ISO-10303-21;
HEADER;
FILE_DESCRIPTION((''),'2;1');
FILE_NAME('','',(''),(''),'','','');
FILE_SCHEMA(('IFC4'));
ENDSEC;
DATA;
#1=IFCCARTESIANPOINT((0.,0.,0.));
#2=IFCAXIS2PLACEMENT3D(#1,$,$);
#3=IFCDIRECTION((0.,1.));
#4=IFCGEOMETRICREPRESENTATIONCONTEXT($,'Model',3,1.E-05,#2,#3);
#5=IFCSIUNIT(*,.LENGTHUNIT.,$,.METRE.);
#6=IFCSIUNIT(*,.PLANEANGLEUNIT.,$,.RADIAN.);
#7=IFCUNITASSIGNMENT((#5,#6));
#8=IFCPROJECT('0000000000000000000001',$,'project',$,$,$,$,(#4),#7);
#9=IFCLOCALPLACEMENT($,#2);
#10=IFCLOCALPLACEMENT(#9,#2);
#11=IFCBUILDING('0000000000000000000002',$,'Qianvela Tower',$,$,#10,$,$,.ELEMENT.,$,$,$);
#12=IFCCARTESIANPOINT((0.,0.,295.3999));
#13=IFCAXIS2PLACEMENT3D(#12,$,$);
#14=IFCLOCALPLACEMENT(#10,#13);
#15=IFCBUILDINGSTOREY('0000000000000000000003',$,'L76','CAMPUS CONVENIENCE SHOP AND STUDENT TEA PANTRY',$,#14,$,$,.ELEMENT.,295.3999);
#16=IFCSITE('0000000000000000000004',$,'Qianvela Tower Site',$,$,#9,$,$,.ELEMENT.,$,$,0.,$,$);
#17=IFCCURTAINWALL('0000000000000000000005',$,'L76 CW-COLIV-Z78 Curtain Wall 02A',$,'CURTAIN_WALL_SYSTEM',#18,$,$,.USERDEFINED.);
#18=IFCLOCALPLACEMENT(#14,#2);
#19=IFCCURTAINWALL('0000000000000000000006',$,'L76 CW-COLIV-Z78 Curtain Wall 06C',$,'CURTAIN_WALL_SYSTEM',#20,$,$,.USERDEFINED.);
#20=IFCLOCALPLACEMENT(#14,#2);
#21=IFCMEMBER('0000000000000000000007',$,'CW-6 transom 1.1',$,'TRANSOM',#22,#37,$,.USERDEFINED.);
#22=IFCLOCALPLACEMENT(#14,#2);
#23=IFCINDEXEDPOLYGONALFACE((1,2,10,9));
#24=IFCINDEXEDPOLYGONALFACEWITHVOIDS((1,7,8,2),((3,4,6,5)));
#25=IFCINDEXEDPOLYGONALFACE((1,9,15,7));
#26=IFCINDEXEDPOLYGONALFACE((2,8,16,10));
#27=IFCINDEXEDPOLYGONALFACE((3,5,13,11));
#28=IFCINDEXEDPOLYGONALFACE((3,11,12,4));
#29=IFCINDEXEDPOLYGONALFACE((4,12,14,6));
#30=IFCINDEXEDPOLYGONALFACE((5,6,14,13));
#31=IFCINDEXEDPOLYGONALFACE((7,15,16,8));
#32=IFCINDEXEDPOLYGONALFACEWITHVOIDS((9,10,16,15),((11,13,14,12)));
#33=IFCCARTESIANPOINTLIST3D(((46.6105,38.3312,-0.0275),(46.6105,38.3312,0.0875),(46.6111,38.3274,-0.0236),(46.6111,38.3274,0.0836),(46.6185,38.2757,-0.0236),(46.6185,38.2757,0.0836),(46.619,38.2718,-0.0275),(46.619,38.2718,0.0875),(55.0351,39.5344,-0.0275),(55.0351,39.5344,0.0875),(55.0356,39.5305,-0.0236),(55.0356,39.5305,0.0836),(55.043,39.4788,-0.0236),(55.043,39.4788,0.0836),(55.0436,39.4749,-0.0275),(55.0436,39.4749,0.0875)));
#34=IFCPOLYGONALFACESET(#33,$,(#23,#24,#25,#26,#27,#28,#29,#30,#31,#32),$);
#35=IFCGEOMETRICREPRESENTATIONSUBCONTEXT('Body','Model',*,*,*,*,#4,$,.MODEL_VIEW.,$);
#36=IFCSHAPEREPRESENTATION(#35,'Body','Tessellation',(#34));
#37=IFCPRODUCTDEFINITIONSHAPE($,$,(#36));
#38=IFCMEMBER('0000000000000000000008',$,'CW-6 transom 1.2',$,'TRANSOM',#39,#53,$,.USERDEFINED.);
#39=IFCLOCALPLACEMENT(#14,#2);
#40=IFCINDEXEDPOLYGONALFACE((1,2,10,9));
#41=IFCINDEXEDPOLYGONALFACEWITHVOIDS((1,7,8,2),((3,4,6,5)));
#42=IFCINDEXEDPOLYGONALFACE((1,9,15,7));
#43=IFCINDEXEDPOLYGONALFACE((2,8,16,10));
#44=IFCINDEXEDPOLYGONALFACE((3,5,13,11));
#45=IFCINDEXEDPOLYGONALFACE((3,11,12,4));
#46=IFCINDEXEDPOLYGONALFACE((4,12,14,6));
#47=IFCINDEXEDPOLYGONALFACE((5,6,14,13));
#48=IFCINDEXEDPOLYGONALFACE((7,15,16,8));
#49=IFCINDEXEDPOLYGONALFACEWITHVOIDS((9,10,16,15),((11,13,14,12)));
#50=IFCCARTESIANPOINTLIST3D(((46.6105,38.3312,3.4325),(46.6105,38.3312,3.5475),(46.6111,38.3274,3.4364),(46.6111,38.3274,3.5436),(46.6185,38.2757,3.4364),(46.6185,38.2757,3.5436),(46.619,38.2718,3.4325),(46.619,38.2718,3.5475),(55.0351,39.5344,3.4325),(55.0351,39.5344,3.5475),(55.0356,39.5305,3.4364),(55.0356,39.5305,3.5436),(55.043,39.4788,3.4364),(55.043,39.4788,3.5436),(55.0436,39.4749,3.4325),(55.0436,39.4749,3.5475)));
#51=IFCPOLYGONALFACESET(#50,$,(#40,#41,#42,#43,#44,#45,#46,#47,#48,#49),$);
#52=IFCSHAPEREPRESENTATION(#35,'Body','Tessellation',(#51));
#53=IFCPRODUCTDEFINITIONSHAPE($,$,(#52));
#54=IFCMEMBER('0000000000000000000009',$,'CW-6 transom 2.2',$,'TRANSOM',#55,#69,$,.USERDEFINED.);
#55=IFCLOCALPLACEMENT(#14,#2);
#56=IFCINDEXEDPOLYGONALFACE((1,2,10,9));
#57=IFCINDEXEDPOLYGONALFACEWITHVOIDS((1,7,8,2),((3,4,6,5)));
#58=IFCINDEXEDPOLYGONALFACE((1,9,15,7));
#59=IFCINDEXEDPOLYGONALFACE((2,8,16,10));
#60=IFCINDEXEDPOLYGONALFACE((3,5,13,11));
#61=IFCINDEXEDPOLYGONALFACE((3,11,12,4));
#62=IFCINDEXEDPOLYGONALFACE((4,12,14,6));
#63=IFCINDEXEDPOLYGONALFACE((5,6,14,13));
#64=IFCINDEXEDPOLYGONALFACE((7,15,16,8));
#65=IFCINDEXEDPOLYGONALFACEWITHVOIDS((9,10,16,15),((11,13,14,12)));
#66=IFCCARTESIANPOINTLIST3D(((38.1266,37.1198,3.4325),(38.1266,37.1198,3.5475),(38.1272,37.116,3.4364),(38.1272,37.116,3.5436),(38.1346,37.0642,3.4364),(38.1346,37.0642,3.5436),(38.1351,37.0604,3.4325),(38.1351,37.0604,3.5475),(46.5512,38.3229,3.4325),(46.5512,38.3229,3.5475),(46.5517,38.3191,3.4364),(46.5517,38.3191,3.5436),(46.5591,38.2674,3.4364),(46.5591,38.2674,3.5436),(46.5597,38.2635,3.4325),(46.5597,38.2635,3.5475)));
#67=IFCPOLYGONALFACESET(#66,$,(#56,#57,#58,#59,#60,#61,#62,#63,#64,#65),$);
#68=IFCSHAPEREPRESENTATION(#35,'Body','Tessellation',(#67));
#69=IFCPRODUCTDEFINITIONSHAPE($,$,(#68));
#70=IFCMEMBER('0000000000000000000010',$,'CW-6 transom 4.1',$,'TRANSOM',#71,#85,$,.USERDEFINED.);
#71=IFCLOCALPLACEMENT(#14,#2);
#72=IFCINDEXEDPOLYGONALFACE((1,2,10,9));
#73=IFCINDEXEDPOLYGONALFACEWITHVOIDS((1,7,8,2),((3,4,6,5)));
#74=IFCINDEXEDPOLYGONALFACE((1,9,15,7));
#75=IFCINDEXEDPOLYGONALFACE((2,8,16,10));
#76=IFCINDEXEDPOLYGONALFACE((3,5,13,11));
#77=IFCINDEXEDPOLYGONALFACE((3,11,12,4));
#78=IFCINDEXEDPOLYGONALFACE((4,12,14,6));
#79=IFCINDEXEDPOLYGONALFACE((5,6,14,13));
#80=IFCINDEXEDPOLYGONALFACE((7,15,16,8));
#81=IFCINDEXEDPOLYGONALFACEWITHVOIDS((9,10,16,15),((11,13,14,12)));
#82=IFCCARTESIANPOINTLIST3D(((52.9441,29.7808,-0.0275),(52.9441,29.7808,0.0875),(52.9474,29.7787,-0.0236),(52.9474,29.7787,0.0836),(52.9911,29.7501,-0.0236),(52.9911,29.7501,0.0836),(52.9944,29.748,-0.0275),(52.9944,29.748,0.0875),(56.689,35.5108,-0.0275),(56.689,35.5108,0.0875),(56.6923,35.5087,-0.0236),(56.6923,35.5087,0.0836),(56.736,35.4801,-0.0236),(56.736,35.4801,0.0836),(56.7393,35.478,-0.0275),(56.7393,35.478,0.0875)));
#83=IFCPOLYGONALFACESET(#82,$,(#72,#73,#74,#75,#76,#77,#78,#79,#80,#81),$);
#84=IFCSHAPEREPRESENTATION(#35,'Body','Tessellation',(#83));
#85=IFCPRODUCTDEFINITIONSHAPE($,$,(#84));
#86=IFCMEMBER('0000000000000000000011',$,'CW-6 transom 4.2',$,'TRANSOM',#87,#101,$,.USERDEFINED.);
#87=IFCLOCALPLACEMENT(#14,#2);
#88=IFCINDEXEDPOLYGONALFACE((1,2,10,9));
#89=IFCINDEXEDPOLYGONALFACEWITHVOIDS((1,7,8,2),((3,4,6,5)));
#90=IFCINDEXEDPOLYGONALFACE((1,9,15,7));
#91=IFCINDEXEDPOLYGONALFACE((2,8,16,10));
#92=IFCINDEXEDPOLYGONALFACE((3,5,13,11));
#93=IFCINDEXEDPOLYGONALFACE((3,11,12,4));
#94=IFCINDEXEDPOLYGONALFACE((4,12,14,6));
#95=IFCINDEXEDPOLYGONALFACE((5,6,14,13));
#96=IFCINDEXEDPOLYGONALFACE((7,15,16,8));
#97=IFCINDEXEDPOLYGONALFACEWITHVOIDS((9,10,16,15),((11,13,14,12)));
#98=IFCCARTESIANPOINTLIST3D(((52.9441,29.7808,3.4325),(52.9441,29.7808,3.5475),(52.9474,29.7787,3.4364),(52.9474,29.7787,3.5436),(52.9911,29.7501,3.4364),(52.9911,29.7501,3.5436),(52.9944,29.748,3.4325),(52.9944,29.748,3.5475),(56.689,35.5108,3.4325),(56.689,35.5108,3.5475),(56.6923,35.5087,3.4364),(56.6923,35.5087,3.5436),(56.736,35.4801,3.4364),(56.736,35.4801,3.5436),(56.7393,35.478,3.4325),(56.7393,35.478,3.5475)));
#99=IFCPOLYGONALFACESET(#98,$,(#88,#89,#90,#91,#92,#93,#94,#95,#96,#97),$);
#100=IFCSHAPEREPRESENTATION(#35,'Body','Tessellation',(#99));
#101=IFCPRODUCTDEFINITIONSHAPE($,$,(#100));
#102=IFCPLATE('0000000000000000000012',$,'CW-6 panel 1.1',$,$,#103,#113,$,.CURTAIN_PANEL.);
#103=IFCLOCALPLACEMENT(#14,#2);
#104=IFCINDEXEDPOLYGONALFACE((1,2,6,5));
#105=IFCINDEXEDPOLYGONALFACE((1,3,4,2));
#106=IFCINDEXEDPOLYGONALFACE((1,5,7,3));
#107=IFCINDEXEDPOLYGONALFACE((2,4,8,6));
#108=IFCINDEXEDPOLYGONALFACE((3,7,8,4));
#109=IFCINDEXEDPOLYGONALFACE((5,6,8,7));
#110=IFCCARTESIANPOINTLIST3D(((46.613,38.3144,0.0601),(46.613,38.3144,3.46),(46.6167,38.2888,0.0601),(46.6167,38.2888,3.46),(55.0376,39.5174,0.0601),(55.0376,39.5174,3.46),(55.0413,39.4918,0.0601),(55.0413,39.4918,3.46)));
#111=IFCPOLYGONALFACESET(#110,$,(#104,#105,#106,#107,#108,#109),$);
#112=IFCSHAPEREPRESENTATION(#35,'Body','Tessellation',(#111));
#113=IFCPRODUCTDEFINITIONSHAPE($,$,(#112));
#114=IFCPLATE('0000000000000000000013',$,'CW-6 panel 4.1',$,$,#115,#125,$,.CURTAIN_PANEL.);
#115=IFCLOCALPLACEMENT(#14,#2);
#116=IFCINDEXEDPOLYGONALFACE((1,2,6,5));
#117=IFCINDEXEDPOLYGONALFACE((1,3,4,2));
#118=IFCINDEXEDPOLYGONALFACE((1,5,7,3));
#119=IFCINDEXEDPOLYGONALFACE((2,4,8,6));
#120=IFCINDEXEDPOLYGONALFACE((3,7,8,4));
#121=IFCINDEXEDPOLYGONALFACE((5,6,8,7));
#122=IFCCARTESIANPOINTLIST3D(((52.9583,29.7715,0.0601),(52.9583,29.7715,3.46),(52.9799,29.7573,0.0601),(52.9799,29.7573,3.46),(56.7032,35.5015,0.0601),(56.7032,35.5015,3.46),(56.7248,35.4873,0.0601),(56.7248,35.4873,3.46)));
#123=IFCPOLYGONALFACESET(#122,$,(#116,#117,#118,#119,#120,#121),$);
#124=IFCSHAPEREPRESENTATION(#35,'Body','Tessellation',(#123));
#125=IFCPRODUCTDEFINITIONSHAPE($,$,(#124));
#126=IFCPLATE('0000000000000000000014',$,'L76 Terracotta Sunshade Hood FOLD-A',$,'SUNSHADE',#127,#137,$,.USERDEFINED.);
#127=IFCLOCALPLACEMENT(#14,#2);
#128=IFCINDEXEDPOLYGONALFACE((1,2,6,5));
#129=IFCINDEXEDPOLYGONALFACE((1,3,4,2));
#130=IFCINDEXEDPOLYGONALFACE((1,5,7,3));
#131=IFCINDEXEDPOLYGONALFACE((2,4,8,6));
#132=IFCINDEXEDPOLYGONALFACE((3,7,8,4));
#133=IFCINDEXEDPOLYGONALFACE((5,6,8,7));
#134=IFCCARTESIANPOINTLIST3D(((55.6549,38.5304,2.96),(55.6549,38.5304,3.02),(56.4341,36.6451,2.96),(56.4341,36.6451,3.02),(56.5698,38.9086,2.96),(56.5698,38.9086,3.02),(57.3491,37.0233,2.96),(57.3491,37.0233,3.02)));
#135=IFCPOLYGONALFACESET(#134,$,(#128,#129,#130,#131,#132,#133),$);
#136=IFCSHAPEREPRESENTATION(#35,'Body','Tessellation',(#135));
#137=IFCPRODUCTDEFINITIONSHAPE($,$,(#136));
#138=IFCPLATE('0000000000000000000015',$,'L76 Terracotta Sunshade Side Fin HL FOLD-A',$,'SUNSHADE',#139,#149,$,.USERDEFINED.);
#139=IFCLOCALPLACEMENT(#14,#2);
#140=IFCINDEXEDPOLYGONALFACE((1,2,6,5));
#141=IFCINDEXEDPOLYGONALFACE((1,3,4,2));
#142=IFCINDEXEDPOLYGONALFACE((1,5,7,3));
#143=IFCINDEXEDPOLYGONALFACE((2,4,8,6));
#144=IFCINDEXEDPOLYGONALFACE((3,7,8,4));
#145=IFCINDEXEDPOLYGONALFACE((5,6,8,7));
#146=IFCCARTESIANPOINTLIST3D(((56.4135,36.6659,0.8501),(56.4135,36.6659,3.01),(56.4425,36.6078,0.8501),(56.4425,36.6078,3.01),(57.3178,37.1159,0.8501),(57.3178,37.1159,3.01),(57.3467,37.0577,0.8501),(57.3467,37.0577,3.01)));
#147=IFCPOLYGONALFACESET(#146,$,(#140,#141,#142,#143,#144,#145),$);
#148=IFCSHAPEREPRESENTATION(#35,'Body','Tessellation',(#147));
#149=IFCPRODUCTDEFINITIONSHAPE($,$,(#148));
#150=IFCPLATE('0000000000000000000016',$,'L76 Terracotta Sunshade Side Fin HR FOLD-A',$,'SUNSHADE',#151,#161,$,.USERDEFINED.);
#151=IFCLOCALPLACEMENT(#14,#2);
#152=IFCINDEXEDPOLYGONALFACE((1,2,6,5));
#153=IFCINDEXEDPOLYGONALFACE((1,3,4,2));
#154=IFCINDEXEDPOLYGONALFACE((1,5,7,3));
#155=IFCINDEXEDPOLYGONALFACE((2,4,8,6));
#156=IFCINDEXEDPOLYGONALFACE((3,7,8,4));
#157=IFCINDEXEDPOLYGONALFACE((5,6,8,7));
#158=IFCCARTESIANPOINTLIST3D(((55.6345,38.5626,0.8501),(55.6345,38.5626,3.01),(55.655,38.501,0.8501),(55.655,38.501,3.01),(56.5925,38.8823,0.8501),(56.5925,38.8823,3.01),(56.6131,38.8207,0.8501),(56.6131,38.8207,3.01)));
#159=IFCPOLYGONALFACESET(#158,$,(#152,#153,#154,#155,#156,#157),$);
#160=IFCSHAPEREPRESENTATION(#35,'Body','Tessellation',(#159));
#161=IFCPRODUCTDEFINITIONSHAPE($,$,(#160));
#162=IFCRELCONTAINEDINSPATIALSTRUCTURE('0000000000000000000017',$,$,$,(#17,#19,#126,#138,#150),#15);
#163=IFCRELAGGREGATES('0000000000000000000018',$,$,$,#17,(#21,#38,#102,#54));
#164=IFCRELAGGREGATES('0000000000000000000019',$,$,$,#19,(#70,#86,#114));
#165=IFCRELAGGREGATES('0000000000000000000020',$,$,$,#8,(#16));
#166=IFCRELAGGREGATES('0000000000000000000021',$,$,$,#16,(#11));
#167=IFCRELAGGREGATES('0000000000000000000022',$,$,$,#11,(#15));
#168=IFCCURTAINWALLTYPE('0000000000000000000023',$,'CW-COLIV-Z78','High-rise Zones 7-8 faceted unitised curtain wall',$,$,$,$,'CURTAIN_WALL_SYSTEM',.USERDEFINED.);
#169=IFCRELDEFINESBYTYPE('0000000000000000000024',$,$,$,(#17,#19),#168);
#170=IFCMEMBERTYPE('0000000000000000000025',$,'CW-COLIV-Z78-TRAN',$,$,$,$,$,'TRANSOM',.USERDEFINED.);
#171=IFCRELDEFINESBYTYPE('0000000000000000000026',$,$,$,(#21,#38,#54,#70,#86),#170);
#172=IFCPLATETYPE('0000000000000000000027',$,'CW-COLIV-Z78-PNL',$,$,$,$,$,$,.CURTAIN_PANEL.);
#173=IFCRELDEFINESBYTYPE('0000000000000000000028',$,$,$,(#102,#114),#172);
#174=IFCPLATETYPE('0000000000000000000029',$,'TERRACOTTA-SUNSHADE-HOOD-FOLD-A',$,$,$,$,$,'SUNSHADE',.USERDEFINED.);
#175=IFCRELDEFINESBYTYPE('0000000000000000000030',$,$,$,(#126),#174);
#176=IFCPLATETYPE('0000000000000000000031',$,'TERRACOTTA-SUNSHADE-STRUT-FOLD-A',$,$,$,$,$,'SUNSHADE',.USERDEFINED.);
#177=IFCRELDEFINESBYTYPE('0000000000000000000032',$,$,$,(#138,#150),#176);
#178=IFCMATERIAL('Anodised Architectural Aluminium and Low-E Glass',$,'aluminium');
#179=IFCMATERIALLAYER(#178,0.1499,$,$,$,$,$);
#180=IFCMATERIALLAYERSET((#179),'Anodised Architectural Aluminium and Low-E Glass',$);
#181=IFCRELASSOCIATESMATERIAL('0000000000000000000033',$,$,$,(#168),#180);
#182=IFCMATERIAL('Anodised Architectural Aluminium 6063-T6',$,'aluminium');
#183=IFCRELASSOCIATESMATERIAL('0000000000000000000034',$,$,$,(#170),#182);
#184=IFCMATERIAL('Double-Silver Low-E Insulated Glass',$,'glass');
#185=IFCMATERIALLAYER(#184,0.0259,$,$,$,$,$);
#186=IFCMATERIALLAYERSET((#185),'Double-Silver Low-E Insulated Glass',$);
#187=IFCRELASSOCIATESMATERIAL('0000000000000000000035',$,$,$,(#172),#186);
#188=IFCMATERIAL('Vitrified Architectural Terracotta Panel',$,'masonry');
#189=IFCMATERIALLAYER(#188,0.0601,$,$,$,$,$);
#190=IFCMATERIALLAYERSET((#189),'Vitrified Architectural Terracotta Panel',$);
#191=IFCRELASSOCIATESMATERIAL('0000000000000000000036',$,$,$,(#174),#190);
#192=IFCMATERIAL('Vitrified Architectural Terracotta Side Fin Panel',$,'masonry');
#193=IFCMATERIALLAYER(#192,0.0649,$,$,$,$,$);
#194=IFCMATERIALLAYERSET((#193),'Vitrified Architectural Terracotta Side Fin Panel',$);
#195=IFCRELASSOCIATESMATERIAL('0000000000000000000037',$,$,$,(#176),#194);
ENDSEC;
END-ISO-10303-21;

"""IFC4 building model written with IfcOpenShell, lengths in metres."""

from ifc_helpers import new_model, si_unit, direction, frame, origin, origin_2d, place, context, subcontext, project, spatial, rectangle, hollow_rectangle, extrude, material, layer, layer_set, material_profile, profile_set, type_object, element, aggregate, save


model = new_model("IFC4")

# Units and contexts
model_context = context("Model", 3, precision=1e-05, world=origin(), true_north=direction((0.0, 1.0)))
body_context = subcontext(model_context, "Body", "Model", "MODEL_VIEW")
ifc_project = project(units=[si_unit("LENGTHUNIT", "METRE"), si_unit("PLANEANGLEUNIT", "RADIAN")], contexts=[model_context])

# Site, building, storey
site_placement = place(None, origin())
site = spatial("IfcSite", under=ifc_project, at=site_placement, Name="Qianvela Tower Site", CompositionType="ELEMENT", RefElevation=0.0)
building_placement = place(site_placement, origin())
building = spatial("IfcBuilding", under=site, at=building_placement, Name="Qianvela Tower", CompositionType="ELEMENT")
storey_placement = place(building_placement, frame((0.0, 0.0, 295.3999)))
storey = spatial("IfcBuildingStorey", under=building, at=storey_placement, Name="L76", Description="CAMPUS CONVENIENCE SHOP AND STUDENT TEA PANTRY", CompositionType="ELEMENT", Elevation=295.3999)

# Curtain walls
ifc_material_1 = material(Name="Anodised Architectural Aluminium and Low-E Glass", Category="aluminium")
ifc_layer_1 = layer(ifc_material_1, 0.1499)
ifc_layer_set_1 = layer_set([ifc_layer_1], Name="Anodised Architectural Aluminium and Low-E Glass")
curtain_wall_type = type_object("IfcCurtainWallType", Name="CW-COLIV-Z78", Description="High-rise Zones 7-8 faceted unitised curtain wall", ElementType="CURTAIN_WALL_SYSTEM", PredefinedType="USERDEFINED", material=ifc_layer_set_1)
curtain_wall_1_placement = place(storey_placement, origin())
curtain_wall_1 = element("IfcCurtainWall", 1, at=curtain_wall_1_placement, inside=storey, type_object=curtain_wall_type, Name="L76 CW-COLIV-Z78 Curtain Wall 02A", ObjectType="CURTAIN_WALL_SYSTEM", PredefinedType="USERDEFINED")
curtain_wall_2_placement = place(storey_placement, origin())
curtain_wall_2 = element("IfcCurtainWall", 2, at=curtain_wall_2_placement, inside=storey, type_object=curtain_wall_type, Name="L76 CW-COLIV-Z78 Curtain Wall 06C", ObjectType="CURTAIN_WALL_SYSTEM", PredefinedType="USERDEFINED")

# Members
ifc_material_2 = material(Name="Anodised Architectural Aluminium 6063-T6", Category="aluminium")
ifc_material_profile_1 = material_profile(ifc_material_2, hollow_rectangle(XDim=0.0601, YDim=0.115, WallThickness=0.0039, at=origin_2d()), Name="ALU-TRAN-60x115")
ifc_profile_set_1 = profile_set([ifc_material_profile_1], Name="Anodised Architectural Aluminium 6063-T6")
member_type_1 = type_object("IfcMemberType", Name="CW-COLIV-Z78-TRAN", ElementType="TRANSOM", PredefinedType="USERDEFINED", material=ifc_profile_set_1)
member_1_placement = place(storey_placement, frame((55.0393, 39.5046, 0.03), z_axis=(-0.989956, -0.141377, 0.0), x_axis=(0.141377, -0.989956, 0.0)))
member_1 = element("IfcMember", 3, at=member_1_placement, type_object=member_type_1, Name="CW-6 transom 1.1", ObjectType="TRANSOM", PredefinedType="USERDEFINED", context=body_context, shape_type="SweptSolid", body=[
    extrude(hollow_rectangle(XDim=0.0601, YDim=0.115, WallThickness=0.0039, at=origin_2d()), origin(), (0.0, 0.0, 1.0), 8.51),
])
member_2_placement = place(storey_placement, frame((55.0393, 39.5046, 3.49), z_axis=(-0.989956, -0.141377, 0.0), x_axis=(0.141377, -0.989956, 0.0)))
member_2 = element("IfcMember", 4, at=member_2_placement, type_object=member_type_1, Name="CW-6 transom 1.2", ObjectType="TRANSOM", PredefinedType="USERDEFINED", context=body_context, shape_type="SweptSolid", body=[
    extrude(hollow_rectangle(XDim=0.0601, YDim=0.115, WallThickness=0.0039, at=origin_2d()), origin(), (0.0, 0.0, 1.0), 8.51),
])
member_3_placement = place(storey_placement, frame((46.5554, 38.2932, 3.49), z_axis=(-0.989956, -0.141377, 0.0), x_axis=(0.141377, -0.989956, 0.0)))
member_3 = element("IfcMember", 5, at=member_3_placement, type_object=member_type_1, Name="CW-6 transom 2.2", ObjectType="TRANSOM", PredefinedType="USERDEFINED", context=body_context, shape_type="SweptSolid", body=[
    extrude(hollow_rectangle(XDim=0.0601, YDim=0.115, WallThickness=0.0039, at=origin_2d()), origin(), (0.0, 0.0, 1.0), 8.51),
])
member_4_placement = place(storey_placement, frame((52.9692, 29.7644, 0.03), z_axis=(0.54708, 0.83708, 0.0), x_axis=(-0.83708, 0.54708, 0.0)))
member_4 = element("IfcMember", 6, at=member_4_placement, type_object=member_type_1, Name="CW-6 transom 4.1", ObjectType="TRANSOM", PredefinedType="USERDEFINED", context=body_context, shape_type="SweptSolid", body=[
    extrude(hollow_rectangle(XDim=0.0601, YDim=0.115, WallThickness=0.0039, at=origin_2d()), origin(), (0.0, 0.0, 1.0), 6.8452),
])
member_5_placement = place(storey_placement, frame((52.9692, 29.7644, 3.49), z_axis=(0.54708, 0.83708, 0.0), x_axis=(-0.83708, 0.54708, 0.0)))
member_5 = element("IfcMember", 7, at=member_5_placement, type_object=member_type_1, Name="CW-6 transom 4.2", ObjectType="TRANSOM", PredefinedType="USERDEFINED", context=body_context, shape_type="SweptSolid", body=[
    extrude(hollow_rectangle(XDim=0.0601, YDim=0.115, WallThickness=0.0039, at=origin_2d()), origin(), (0.0, 0.0, 1.0), 6.8452),
])

# Plates
ifc_material_3 = material(Name="Double-Silver Low-E Insulated Glass", Category="glass")
ifc_layer_2 = layer(ifc_material_3, 0.0259)
ifc_layer_set_2 = layer_set([ifc_layer_2], Name="Double-Silver Low-E Insulated Glass")
plate_type_1 = type_object("IfcPlateType", Name="CW-COLIV-Z78-PNL", PredefinedType="CURTAIN_PANEL", material=ifc_layer_set_2)
plate_1_placement = place(storey_placement, frame((50.8271, 38.9031, 0.0601), z_axis=(0.0, 0.0, 1.0), x_axis=(-0.989957, -0.141366, 0.0)))
plate_1 = element("IfcPlate", 8, at=plate_1_placement, type_object=plate_type_1, Name="CW-6 panel 1.1", PredefinedType="CURTAIN_PANEL", context=body_context, shape_type="SweptSolid", body=[
    extrude(rectangle(XDim=8.51, YDim=0.0259, at=origin_2d()), origin(), (0.0, 0.0, 1.0), 3.3999),
])
aggregate(curtain_wall_1, [member_1, member_2, plate_1, member_3])
plate_2_placement = place(storey_placement, frame((54.8416, 32.6294, 0.0601), z_axis=(0.0, 0.0, 1.0), x_axis=(0.547081, 0.83708, 0.0)))
plate_2 = element("IfcPlate", 9, at=plate_2_placement, type_object=plate_type_1, Name="CW-6 panel 4.1", PredefinedType="CURTAIN_PANEL", context=body_context, shape_type="SweptSolid", body=[
    extrude(rectangle(XDim=6.8452, YDim=0.0259, at=origin_2d()), origin(), (0.0, 0.0, 1.0), 3.3999),
])
aggregate(curtain_wall_2, [member_4, member_5, plate_2])

# Plates
ifc_material_4 = material(Name="Vitrified Architectural Terracotta Panel", Category="masonry")
ifc_layer_3 = layer(ifc_material_4, 0.0601)
ifc_layer_set_3 = layer_set([ifc_layer_3], Name="Vitrified Architectural Terracotta Panel")
plate_type_2 = type_object("IfcPlateType", Name="TERRACOTTA-SUNSHADE-HOOD-FOLD-A", ElementType="SUNSHADE", PredefinedType="USERDEFINED", material=ifc_layer_set_3)
plate_3_placement = place(storey_placement, frame((56.502, 37.7769, 2.96), z_axis=(0.0, 0.0, 1.0), x_axis=(-0.381995, 0.924164, 0.0)))
element("IfcPlate", 10, at=plate_3_placement, inside=storey, type_object=plate_type_2, Name="L76 Terracotta Sunshade Hood FOLD-A", ObjectType="SUNSHADE", PredefinedType="USERDEFINED", context=body_context, shape_type="SweptSolid", body=[
    extrude(rectangle(XDim=2.04, YDim=0.99, at=origin_2d()), origin(), (0.0, 0.0, 1.0), 0.0601),
])
ifc_material_5 = material(Name="Vitrified Architectural Terracotta Side Fin Panel", Category="masonry")
ifc_layer_4 = layer(ifc_material_5, 0.0649)
ifc_layer_set_4 = layer_set([ifc_layer_4], Name="Vitrified Architectural Terracotta Side Fin Panel")
plate_type_3 = type_object("IfcPlateType", Name="TERRACOTTA-SUNSHADE-STRUT-FOLD-A", ElementType="SUNSHADE", PredefinedType="USERDEFINED", material=ifc_layer_set_4)
for number, where, z_axis, x_axis, name in (
    (11, (56.8801, 36.8618, 0.8501), (0.0, 0.0, 1.0), (-0.445531, 0.895267, 0.0), "L76 Terracotta Sunshade Side Fin HL FOLD-A"),
    (12, (56.1238, 38.6917, 0.8501), (0.0, 0.0, 1.0), (-0.316598, 0.94856, 0.0), "L76 Terracotta Sunshade Side Fin HR FOLD-A"),
):
    element("IfcPlate", number, at=place(storey_placement, frame(where, z_axis=z_axis, x_axis=x_axis)), inside=storey, type_object=plate_type_3, Name=name, ObjectType="SUNSHADE", PredefinedType="USERDEFINED", context=body_context, shape_type="SweptSolid", body=[
        extrude(rectangle(XDim=0.0649, YDim=1.01, at=origin_2d()), origin(), (0.0, 0.0, 1.0), 2.1599),
    ])

save(model, "model.ifc")
